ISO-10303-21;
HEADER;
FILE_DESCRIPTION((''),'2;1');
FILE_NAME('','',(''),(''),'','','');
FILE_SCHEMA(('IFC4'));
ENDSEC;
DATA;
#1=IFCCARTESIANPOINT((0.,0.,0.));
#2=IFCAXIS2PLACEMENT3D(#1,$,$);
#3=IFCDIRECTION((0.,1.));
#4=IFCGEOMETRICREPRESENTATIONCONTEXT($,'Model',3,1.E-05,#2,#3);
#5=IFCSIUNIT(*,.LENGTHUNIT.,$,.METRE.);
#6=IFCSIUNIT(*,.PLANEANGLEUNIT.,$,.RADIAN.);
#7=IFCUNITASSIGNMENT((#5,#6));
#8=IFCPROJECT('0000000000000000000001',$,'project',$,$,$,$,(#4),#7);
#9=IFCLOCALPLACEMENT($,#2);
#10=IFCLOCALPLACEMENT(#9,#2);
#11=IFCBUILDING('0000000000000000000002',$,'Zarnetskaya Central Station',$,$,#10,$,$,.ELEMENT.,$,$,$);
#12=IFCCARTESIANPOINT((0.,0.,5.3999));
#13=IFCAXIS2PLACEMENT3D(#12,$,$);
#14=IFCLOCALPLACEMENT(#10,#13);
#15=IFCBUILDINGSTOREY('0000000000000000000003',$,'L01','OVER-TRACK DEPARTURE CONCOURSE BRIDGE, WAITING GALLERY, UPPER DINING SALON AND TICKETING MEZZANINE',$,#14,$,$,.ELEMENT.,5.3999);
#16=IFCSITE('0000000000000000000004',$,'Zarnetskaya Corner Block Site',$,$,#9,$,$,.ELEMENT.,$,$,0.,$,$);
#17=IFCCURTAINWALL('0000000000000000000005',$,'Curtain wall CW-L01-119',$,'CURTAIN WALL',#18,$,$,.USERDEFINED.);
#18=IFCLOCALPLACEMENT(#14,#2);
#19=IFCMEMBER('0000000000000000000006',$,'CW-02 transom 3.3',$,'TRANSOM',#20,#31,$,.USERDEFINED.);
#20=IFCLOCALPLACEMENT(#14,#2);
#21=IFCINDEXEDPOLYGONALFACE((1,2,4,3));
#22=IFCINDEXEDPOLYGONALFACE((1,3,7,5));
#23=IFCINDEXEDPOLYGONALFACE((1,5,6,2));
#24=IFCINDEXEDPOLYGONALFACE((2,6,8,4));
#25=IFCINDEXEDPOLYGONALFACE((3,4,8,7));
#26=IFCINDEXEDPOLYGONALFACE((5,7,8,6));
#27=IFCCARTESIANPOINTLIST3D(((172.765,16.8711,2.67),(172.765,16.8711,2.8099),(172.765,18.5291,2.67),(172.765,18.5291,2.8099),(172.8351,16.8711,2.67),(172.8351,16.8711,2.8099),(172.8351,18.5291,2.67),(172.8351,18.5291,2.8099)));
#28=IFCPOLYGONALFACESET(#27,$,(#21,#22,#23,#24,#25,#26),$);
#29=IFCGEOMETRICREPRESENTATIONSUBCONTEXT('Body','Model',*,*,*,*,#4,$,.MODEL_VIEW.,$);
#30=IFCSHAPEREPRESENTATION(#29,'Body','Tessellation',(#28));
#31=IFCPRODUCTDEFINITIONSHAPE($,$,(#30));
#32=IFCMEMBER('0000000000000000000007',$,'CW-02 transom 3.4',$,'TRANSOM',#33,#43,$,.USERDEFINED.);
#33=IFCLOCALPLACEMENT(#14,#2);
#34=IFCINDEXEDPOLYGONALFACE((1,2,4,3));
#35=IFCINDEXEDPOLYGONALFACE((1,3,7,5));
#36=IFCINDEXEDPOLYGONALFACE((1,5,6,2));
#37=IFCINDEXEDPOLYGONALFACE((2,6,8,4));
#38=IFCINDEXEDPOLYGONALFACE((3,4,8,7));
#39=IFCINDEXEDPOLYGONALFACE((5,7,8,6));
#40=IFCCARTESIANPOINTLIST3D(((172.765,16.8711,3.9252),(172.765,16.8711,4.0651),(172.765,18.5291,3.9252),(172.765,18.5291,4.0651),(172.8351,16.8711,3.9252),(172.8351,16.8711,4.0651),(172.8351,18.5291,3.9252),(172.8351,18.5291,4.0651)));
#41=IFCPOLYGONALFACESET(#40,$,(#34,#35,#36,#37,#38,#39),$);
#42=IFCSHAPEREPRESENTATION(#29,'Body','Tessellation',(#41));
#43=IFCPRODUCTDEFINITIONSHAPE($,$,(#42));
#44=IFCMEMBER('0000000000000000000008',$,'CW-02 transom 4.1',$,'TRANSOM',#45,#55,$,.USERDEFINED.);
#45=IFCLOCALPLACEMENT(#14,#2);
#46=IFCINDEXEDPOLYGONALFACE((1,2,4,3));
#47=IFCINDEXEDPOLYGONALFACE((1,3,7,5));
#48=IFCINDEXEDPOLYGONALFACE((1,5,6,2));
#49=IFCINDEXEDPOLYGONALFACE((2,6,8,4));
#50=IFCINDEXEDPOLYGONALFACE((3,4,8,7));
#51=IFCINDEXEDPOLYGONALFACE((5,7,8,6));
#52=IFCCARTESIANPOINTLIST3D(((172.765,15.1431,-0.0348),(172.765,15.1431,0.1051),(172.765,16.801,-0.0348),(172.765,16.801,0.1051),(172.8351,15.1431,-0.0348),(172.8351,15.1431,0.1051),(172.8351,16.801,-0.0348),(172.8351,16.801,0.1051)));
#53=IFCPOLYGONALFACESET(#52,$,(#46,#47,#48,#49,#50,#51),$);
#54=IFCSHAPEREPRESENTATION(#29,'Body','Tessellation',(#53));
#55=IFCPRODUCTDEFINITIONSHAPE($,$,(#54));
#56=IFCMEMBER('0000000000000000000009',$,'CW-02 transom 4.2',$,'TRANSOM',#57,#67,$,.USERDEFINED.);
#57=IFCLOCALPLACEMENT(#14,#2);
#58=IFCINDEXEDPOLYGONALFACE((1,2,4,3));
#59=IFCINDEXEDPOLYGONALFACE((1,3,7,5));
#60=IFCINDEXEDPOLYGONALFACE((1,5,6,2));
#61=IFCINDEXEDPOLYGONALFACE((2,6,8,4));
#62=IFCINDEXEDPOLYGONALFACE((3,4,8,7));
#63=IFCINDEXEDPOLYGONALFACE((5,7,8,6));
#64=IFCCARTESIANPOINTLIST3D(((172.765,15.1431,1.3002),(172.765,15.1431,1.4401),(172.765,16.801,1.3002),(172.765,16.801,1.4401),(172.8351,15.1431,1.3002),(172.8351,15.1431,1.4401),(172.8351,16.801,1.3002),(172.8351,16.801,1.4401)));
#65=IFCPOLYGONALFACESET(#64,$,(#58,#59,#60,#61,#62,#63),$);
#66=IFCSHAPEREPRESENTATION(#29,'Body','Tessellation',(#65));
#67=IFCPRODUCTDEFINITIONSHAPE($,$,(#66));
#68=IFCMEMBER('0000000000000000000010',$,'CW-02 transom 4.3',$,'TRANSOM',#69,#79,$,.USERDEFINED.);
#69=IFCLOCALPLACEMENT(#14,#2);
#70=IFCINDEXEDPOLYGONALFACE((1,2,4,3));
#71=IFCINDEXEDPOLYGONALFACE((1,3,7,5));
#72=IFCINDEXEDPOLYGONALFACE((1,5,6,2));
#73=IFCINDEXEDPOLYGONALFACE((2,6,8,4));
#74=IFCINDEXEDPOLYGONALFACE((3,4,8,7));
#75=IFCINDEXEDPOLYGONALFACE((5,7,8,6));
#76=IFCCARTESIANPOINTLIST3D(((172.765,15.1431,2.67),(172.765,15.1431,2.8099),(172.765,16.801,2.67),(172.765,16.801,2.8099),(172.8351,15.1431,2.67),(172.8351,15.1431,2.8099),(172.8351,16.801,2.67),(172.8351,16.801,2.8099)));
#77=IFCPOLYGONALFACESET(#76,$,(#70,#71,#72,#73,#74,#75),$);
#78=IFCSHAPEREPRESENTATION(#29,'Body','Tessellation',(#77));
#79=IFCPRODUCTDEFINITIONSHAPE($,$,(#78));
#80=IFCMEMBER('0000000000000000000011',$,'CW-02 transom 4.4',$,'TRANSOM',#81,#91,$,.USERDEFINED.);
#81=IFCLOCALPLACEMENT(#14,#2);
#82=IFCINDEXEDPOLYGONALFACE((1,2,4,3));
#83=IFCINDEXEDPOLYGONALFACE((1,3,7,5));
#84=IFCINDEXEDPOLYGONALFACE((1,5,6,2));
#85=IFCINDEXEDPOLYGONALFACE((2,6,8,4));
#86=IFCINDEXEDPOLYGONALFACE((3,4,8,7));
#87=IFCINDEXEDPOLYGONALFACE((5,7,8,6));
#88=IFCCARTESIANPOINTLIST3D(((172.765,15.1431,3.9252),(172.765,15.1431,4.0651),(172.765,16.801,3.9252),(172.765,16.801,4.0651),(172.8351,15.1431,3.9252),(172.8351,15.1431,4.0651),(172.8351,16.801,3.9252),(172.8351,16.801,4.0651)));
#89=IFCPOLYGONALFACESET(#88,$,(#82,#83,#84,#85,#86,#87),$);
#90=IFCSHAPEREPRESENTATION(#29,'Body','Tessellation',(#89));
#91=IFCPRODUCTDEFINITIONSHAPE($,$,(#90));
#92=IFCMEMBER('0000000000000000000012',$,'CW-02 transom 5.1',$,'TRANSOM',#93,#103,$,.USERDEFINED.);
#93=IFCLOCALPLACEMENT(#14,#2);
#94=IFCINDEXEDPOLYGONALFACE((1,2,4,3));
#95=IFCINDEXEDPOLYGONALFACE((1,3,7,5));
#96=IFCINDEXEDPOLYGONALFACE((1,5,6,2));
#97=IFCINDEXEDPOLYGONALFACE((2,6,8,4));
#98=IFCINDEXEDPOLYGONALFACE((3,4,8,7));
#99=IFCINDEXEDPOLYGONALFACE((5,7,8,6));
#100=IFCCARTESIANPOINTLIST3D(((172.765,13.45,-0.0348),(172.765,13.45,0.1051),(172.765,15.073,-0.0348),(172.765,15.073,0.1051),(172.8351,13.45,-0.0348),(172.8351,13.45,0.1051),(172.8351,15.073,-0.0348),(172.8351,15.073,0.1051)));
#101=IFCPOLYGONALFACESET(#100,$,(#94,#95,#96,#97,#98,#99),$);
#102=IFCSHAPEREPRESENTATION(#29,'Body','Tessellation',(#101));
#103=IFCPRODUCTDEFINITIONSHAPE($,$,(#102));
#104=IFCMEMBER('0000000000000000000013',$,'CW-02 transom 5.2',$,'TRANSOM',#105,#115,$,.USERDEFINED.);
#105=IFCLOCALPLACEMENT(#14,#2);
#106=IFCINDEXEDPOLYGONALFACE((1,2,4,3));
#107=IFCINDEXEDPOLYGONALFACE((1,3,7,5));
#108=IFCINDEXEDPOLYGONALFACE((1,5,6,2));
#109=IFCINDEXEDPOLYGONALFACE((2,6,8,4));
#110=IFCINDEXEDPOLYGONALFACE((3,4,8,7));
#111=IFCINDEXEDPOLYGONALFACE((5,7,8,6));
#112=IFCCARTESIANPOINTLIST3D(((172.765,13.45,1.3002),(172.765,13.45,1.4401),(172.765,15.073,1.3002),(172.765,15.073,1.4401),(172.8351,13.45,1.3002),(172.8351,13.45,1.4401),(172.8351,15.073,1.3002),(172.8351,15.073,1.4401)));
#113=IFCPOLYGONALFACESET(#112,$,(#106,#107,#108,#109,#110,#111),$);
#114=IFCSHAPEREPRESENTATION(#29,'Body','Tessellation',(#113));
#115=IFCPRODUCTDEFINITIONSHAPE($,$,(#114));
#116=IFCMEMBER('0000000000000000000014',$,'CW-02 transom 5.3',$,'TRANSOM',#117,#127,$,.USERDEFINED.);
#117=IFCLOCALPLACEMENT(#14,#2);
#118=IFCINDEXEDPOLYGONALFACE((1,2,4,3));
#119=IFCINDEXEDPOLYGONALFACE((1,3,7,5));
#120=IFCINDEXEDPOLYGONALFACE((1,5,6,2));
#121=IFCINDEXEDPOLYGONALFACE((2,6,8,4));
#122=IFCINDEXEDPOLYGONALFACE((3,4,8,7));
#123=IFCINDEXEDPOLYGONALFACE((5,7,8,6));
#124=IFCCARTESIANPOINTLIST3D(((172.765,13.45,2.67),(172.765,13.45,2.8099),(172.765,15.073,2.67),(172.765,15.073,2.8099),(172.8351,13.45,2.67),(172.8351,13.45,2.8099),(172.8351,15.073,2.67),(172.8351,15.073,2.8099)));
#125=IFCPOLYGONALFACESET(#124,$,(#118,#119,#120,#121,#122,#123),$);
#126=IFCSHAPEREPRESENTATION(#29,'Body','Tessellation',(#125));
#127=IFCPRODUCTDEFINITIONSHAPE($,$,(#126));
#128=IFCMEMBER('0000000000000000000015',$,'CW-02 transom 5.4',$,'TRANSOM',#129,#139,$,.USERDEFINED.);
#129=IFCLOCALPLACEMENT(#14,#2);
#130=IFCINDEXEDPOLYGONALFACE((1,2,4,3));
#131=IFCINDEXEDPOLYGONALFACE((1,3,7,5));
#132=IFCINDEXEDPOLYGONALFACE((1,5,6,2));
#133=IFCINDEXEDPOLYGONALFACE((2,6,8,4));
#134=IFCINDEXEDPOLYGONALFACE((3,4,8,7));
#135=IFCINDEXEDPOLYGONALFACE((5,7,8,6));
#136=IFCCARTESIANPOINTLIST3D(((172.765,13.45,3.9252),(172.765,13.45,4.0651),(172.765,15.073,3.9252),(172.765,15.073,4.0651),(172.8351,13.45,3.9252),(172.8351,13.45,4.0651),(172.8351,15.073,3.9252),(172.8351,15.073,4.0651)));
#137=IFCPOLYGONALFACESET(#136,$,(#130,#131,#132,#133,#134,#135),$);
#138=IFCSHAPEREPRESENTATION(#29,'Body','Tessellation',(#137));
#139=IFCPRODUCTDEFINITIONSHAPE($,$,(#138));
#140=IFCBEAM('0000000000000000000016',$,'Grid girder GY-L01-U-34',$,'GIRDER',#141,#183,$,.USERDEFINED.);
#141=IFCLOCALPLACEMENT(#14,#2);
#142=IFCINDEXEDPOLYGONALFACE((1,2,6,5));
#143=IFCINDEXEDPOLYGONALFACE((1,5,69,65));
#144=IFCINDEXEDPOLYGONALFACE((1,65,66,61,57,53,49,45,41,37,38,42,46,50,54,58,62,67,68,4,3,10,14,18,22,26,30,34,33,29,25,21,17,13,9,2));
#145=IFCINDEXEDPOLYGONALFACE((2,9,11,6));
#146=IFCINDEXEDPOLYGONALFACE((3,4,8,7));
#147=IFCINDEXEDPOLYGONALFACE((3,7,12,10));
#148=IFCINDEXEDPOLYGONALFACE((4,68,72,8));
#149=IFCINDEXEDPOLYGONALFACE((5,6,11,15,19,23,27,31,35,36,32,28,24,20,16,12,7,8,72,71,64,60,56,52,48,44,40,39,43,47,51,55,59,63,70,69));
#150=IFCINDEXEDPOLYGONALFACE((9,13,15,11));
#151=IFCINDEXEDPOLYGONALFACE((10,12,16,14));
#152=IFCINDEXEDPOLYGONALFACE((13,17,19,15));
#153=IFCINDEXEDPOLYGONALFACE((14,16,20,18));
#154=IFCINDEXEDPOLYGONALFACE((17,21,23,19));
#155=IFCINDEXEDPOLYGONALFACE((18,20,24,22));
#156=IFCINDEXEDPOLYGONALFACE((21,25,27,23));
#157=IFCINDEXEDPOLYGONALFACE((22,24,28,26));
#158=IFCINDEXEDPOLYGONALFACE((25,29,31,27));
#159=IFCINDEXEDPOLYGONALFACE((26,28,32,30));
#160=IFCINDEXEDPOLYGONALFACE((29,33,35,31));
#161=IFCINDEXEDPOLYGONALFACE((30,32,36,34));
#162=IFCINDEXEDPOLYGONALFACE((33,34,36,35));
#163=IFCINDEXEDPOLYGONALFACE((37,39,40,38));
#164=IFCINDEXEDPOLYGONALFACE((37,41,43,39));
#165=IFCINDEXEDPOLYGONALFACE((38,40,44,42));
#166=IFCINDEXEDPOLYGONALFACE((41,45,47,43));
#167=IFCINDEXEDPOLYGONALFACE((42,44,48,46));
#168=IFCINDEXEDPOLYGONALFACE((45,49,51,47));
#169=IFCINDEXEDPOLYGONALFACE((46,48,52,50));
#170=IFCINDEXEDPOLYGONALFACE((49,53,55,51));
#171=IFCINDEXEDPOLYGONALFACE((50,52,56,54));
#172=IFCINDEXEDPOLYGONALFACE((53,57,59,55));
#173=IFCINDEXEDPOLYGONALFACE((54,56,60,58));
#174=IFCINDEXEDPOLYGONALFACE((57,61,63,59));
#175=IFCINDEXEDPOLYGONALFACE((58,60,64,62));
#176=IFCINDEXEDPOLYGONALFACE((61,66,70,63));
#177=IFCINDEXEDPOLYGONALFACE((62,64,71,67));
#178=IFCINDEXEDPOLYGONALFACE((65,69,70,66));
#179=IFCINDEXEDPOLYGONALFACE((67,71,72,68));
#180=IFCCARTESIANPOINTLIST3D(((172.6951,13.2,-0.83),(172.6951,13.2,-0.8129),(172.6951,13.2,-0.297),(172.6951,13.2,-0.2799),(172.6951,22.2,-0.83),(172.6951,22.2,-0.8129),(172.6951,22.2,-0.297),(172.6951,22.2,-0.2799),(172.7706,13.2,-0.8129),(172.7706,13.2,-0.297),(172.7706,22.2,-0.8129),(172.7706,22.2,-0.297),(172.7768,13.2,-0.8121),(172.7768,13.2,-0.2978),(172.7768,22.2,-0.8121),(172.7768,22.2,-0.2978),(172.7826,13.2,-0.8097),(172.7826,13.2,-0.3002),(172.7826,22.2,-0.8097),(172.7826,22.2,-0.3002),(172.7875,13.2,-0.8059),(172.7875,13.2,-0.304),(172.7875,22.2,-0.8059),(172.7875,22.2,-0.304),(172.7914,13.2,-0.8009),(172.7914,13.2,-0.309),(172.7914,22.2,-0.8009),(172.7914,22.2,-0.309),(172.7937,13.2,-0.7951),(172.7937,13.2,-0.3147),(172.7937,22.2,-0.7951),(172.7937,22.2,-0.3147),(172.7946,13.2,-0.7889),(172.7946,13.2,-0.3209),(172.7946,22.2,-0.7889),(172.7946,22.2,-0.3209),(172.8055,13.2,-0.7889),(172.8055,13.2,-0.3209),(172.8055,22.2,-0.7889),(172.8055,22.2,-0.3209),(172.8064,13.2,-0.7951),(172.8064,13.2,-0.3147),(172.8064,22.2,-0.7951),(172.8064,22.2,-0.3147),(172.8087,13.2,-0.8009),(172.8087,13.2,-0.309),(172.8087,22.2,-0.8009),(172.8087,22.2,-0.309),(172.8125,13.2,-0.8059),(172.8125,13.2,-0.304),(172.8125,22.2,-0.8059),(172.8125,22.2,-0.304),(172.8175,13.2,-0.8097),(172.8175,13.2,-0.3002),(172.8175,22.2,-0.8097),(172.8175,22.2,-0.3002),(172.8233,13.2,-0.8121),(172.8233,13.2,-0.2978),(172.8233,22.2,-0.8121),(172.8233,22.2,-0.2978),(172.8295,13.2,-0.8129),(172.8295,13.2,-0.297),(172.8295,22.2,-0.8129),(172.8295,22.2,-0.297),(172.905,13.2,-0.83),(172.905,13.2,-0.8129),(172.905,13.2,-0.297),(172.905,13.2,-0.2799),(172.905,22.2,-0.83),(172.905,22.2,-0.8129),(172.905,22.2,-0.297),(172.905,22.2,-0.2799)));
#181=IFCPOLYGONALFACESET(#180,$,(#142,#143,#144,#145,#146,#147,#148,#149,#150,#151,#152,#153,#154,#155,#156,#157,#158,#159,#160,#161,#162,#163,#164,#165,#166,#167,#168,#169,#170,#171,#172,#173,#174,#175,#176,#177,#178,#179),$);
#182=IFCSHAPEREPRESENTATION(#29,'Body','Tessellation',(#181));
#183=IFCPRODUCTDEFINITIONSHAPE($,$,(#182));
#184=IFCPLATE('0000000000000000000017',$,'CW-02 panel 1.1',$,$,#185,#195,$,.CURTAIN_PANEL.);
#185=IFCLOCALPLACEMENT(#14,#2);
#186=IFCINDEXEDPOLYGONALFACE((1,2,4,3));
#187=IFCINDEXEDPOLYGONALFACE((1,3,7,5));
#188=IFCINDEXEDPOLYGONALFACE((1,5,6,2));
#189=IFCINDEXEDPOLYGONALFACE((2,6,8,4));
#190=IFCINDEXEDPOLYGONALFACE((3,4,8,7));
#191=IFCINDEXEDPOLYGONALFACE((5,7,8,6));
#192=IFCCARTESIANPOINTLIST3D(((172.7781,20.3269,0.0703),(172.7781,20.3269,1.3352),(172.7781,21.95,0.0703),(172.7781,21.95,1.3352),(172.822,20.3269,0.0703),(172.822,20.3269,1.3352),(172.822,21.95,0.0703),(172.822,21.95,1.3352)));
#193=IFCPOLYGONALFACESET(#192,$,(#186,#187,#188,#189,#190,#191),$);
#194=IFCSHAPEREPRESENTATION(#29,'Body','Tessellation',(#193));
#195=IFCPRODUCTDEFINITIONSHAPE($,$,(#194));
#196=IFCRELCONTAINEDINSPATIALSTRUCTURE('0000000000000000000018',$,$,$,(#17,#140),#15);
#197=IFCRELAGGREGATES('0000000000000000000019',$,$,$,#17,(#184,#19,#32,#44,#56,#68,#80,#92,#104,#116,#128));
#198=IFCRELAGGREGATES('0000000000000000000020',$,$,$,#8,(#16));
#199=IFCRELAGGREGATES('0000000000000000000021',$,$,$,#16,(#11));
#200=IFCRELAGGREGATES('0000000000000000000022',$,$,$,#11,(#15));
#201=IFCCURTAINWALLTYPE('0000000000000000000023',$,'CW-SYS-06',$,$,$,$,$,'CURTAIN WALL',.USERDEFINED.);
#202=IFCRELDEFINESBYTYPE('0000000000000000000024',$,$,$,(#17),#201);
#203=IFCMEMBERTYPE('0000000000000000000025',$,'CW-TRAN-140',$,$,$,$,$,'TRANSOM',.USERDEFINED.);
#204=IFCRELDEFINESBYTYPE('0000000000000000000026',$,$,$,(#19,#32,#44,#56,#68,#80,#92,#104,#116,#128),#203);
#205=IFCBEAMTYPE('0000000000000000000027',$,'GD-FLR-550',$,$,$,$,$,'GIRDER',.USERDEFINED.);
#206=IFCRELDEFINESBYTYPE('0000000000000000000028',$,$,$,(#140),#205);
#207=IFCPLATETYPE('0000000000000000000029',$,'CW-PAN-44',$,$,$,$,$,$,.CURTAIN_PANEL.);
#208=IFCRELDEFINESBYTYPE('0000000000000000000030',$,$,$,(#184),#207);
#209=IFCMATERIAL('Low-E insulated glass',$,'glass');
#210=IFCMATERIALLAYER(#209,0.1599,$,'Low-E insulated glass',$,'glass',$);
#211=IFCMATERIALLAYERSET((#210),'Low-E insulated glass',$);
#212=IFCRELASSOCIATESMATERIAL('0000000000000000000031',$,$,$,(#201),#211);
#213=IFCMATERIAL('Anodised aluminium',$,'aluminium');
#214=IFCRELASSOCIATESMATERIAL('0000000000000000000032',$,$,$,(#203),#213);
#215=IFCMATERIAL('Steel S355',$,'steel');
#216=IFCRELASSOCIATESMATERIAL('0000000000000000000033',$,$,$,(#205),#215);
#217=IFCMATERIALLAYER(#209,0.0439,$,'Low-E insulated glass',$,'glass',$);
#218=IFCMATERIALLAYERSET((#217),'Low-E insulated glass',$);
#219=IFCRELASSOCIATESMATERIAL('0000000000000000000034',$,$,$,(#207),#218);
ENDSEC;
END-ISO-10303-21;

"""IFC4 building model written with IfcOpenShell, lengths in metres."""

from ifc_helpers import new_model, si_unit, direction, frame, origin, origin_2d, place, context, subcontext, project, spatial, rectangle, i_section, extrude, material, layer, layer_set, material_profile, profile_set, type_object, element, aggregate, save


model = new_model("IFC4")

# Units and contexts
model_context = context("Model", 3, precision=1e-05, world=origin(), true_north=direction((0.0, 1.0)))
body_context = subcontext(model_context, "Body", "Model", "MODEL_VIEW")
ifc_project = project(units=[si_unit("LENGTHUNIT", "METRE"), si_unit("PLANEANGLEUNIT", "RADIAN")], contexts=[model_context])

# Site, building, storey
site_placement = place(None, origin())
site = spatial("IfcSite", under=ifc_project, at=site_placement, Name="Zarnetskaya Corner Block Site", CompositionType="ELEMENT", RefElevation=0.0)
building_placement = place(site_placement, origin())
building = spatial("IfcBuilding", under=site, at=building_placement, Name="Zarnetskaya Central Station", CompositionType="ELEMENT")
storey_placement = place(building_placement, frame((0.0, 0.0, 5.3999)))
storey = spatial("IfcBuildingStorey", under=building, at=storey_placement, Name="L01", Description="OVER-TRACK DEPARTURE CONCOURSE BRIDGE, WAITING GALLERY, UPPER DINING SALON AND TICKETING MEZZANINE", CompositionType="ELEMENT", Elevation=5.3999)

# Shared definitions
ifc_material_1 = material(Name="Steel S355", Category="steel")

# Curtain wall, members
ifc_material_2 = material(Name="Low-E insulated glass", Category="glass")
ifc_layer_1 = layer(ifc_material_2, 0.1599, Name="Low-E insulated glass", Category="glass")
ifc_layer_set_1 = layer_set([ifc_layer_1], Name="Low-E insulated glass")
curtain_wall_type = type_object("IfcCurtainWallType", Name="CW-SYS-06", ElementType="CURTAIN WALL", PredefinedType="USERDEFINED", material=ifc_layer_set_1)
curtain_wall_placement = place(storey_placement, origin())
curtain_wall = element("IfcCurtainWall", 1, at=curtain_wall_placement, inside=storey, type_object=curtain_wall_type, Name="Curtain wall CW-L01-119", ObjectType="CURTAIN WALL", PredefinedType="USERDEFINED")
ifc_material_3 = material(Name="Anodised aluminium", Category="aluminium")
ifc_material_profile_1 = material_profile(ifc_material_3, rectangle(XDim=0.0701, YDim=0.1399, at=origin_2d()), Name="ALU TRAN 70x140")
ifc_profile_set_1 = profile_set([ifc_material_profile_1], Name="Anodised aluminium")
member_type_1 = type_object("IfcMemberType", Name="CW-TRAN-140", ElementType="TRANSOM", PredefinedType="USERDEFINED", material=ifc_profile_set_1)
member_1_placement = place(storey_placement, frame((172.8, 18.5291, 2.74), z_axis=(0.0, -1.0, 0.0), x_axis=(1.0, 0.0, 0.0)))
member_1 = element("IfcMember", 2, at=member_1_placement, type_object=member_type_1, Name="CW-02 transom 3.3", ObjectType="TRANSOM", PredefinedType="USERDEFINED", context=body_context, shape_type="SweptSolid", body=[
    extrude(rectangle(XDim=0.0701, YDim=0.1399, at=origin_2d()), origin(), (0.0, 0.0, 1.0), 1.658),
])
member_2_placement = place(storey_placement, frame((172.8, 18.5291, 3.9951), z_axis=(0.0, -1.0, 0.0), x_axis=(1.0, 0.0, 0.0)))
member_2 = element("IfcMember", 3, at=member_2_placement, type_object=member_type_1, Name="CW-02 transom 3.4", ObjectType="TRANSOM", PredefinedType="USERDEFINED", context=body_context, shape_type="SweptSolid", body=[
    extrude(rectangle(XDim=0.0701, YDim=0.1399, at=origin_2d()), origin(), (0.0, 0.0, 1.0), 1.658),
])
member_3_placement = place(storey_placement, frame((172.8, 16.801, 0.0352), z_axis=(0.0, -1.0, 0.0), x_axis=(1.0, 0.0, 0.0)))
member_3 = element("IfcMember", 4, at=member_3_placement, type_object=member_type_1, Name="CW-02 transom 4.1", ObjectType="TRANSOM", PredefinedType="USERDEFINED", context=body_context, shape_type="SweptSolid", body=[
    extrude(rectangle(XDim=0.0701, YDim=0.1399, at=origin_2d()), origin(), (0.0, 0.0, 1.0), 1.658),
])
member_4_placement = place(storey_placement, frame((172.8, 16.801, 1.3701), z_axis=(0.0, -1.0, 0.0), x_axis=(1.0, 0.0, 0.0)))
member_4 = element("IfcMember", 5, at=member_4_placement, type_object=member_type_1, Name="CW-02 transom 4.2", ObjectType="TRANSOM", PredefinedType="USERDEFINED", context=body_context, shape_type="SweptSolid", body=[
    extrude(rectangle(XDim=0.0701, YDim=0.1399, at=origin_2d()), origin(), (0.0, 0.0, 1.0), 1.658),
])
member_5_placement = place(storey_placement, frame((172.8, 16.801, 2.74), z_axis=(0.0, -1.0, 0.0), x_axis=(1.0, 0.0, 0.0)))
member_5 = element("IfcMember", 6, at=member_5_placement, type_object=member_type_1, Name="CW-02 transom 4.3", ObjectType="TRANSOM", PredefinedType="USERDEFINED", context=body_context, shape_type="SweptSolid", body=[
    extrude(rectangle(XDim=0.0701, YDim=0.1399, at=origin_2d()), origin(), (0.0, 0.0, 1.0), 1.658),
])
member_6_placement = place(storey_placement, frame((172.8, 16.801, 3.9951), z_axis=(0.0, -1.0, 0.0), x_axis=(1.0, 0.0, 0.0)))
member_6 = element("IfcMember", 7, at=member_6_placement, type_object=member_type_1, Name="CW-02 transom 4.4", ObjectType="TRANSOM", PredefinedType="USERDEFINED", context=body_context, shape_type="SweptSolid", body=[
    extrude(rectangle(XDim=0.0701, YDim=0.1399, at=origin_2d()), origin(), (0.0, 0.0, 1.0), 1.658),
])
member_7_placement = place(storey_placement, frame((172.8, 15.073, 0.0352), z_axis=(0.0, -1.0, 0.0), x_axis=(1.0, 0.0, 0.0)))
member_7 = element("IfcMember", 8, at=member_7_placement, type_object=member_type_1, Name="CW-02 transom 5.1", ObjectType="TRANSOM", PredefinedType="USERDEFINED", context=body_context, shape_type="SweptSolid", body=[
    extrude(rectangle(XDim=0.0701, YDim=0.1399, at=origin_2d()), origin(), (0.0, 0.0, 1.0), 1.623),
])
member_8_placement = place(storey_placement, frame((172.8, 15.073, 1.3701), z_axis=(0.0, -1.0, 0.0), x_axis=(1.0, 0.0, 0.0)))
member_8 = element("IfcMember", 9, at=member_8_placement, type_object=member_type_1, Name="CW-02 transom 5.2", ObjectType="TRANSOM", PredefinedType="USERDEFINED", context=body_context, shape_type="SweptSolid", body=[
    extrude(rectangle(XDim=0.0701, YDim=0.1399, at=origin_2d()), origin(), (0.0, 0.0, 1.0), 1.623),
])
member_9_placement = place(storey_placement, frame((172.8, 15.073, 2.74), z_axis=(0.0, -1.0, 0.0), x_axis=(1.0, 0.0, 0.0)))
member_9 = element("IfcMember", 10, at=member_9_placement, type_object=member_type_1, Name="CW-02 transom 5.3", ObjectType="TRANSOM", PredefinedType="USERDEFINED", context=body_context, shape_type="SweptSolid", body=[
    extrude(rectangle(XDim=0.0701, YDim=0.1399, at=origin_2d()), origin(), (0.0, 0.0, 1.0), 1.623),
])
member_10_placement = place(storey_placement, frame((172.8, 15.073, 3.9951), z_axis=(0.0, -1.0, 0.0), x_axis=(1.0, 0.0, 0.0)))
member_10 = element("IfcMember", 11, at=member_10_placement, type_object=member_type_1, Name="CW-02 transom 5.4", ObjectType="TRANSOM", PredefinedType="USERDEFINED", context=body_context, shape_type="SweptSolid", body=[
    extrude(rectangle(XDim=0.0701, YDim=0.1399, at=origin_2d()), origin(), (0.0, 0.0, 1.0), 1.623),
])

# Beam
ifc_material_profile_2 = material_profile(ifc_material_1, i_section(OverallWidth=0.21, OverallDepth=0.55, WebThickness=0.011, FlangeThickness=0.0171, FilletRadius=0.0239, at=origin_2d()), Name="IPE 550")
ifc_profile_set_2 = profile_set([ifc_material_profile_2], Name="Steel S355")
beam_type = type_object("IfcBeamType", Name="GD-FLR-550", ElementType="GIRDER", PredefinedType="USERDEFINED", material=ifc_profile_set_2)
beam_placement = place(storey_placement, frame((172.8, 13.2, -0.5549), z_axis=(0.0, 1.0, 0.0), x_axis=(-1.0, 0.0, 0.0)))
element("IfcBeam", 12, at=beam_placement, inside=storey, type_object=beam_type, Name="Grid girder GY-L01-U-34", ObjectType="GIRDER", PredefinedType="USERDEFINED", context=body_context, shape_type="SweptSolid", body=[
    extrude(i_section(OverallWidth=0.21, OverallDepth=0.55, WebThickness=0.011, FlangeThickness=0.0171, FilletRadius=0.0239, at=origin_2d()), origin(), (0.0, 0.0, 1.0), 9.0),
])

# Plate
ifc_layer_2 = layer(ifc_material_2, 0.0439, Name="Low-E insulated glass", Category="glass")
ifc_layer_set_2 = layer_set([ifc_layer_2], Name="Low-E insulated glass")
plate_type = type_object("IfcPlateType", Name="CW-PAN-44", PredefinedType="CURTAIN_PANEL", material=ifc_layer_set_2)
plate_1_placement = place(storey_placement, frame((172.8, 21.1384, 0.0703), z_axis=(0.0, 0.0, 1.0), x_axis=(0.0, -1.0, 0.0)))
plate_1 = element("IfcPlate", 13, at=plate_1_placement, type_object=plate_type, Name="CW-02 panel 1.1", PredefinedType="CURTAIN_PANEL", context=body_context, shape_type="SweptSolid", body=[
    extrude(rectangle(XDim=1.623, YDim=0.0439, at=origin_2d()), origin(), (0.0, 0.0, 1.0), 1.2649),
])
aggregate(curtain_wall, [plate_1, member_1, member_2, member_3, member_4, member_5, member_6, member_7, member_8, member_9, member_10])

save(model, "model.ifc")
